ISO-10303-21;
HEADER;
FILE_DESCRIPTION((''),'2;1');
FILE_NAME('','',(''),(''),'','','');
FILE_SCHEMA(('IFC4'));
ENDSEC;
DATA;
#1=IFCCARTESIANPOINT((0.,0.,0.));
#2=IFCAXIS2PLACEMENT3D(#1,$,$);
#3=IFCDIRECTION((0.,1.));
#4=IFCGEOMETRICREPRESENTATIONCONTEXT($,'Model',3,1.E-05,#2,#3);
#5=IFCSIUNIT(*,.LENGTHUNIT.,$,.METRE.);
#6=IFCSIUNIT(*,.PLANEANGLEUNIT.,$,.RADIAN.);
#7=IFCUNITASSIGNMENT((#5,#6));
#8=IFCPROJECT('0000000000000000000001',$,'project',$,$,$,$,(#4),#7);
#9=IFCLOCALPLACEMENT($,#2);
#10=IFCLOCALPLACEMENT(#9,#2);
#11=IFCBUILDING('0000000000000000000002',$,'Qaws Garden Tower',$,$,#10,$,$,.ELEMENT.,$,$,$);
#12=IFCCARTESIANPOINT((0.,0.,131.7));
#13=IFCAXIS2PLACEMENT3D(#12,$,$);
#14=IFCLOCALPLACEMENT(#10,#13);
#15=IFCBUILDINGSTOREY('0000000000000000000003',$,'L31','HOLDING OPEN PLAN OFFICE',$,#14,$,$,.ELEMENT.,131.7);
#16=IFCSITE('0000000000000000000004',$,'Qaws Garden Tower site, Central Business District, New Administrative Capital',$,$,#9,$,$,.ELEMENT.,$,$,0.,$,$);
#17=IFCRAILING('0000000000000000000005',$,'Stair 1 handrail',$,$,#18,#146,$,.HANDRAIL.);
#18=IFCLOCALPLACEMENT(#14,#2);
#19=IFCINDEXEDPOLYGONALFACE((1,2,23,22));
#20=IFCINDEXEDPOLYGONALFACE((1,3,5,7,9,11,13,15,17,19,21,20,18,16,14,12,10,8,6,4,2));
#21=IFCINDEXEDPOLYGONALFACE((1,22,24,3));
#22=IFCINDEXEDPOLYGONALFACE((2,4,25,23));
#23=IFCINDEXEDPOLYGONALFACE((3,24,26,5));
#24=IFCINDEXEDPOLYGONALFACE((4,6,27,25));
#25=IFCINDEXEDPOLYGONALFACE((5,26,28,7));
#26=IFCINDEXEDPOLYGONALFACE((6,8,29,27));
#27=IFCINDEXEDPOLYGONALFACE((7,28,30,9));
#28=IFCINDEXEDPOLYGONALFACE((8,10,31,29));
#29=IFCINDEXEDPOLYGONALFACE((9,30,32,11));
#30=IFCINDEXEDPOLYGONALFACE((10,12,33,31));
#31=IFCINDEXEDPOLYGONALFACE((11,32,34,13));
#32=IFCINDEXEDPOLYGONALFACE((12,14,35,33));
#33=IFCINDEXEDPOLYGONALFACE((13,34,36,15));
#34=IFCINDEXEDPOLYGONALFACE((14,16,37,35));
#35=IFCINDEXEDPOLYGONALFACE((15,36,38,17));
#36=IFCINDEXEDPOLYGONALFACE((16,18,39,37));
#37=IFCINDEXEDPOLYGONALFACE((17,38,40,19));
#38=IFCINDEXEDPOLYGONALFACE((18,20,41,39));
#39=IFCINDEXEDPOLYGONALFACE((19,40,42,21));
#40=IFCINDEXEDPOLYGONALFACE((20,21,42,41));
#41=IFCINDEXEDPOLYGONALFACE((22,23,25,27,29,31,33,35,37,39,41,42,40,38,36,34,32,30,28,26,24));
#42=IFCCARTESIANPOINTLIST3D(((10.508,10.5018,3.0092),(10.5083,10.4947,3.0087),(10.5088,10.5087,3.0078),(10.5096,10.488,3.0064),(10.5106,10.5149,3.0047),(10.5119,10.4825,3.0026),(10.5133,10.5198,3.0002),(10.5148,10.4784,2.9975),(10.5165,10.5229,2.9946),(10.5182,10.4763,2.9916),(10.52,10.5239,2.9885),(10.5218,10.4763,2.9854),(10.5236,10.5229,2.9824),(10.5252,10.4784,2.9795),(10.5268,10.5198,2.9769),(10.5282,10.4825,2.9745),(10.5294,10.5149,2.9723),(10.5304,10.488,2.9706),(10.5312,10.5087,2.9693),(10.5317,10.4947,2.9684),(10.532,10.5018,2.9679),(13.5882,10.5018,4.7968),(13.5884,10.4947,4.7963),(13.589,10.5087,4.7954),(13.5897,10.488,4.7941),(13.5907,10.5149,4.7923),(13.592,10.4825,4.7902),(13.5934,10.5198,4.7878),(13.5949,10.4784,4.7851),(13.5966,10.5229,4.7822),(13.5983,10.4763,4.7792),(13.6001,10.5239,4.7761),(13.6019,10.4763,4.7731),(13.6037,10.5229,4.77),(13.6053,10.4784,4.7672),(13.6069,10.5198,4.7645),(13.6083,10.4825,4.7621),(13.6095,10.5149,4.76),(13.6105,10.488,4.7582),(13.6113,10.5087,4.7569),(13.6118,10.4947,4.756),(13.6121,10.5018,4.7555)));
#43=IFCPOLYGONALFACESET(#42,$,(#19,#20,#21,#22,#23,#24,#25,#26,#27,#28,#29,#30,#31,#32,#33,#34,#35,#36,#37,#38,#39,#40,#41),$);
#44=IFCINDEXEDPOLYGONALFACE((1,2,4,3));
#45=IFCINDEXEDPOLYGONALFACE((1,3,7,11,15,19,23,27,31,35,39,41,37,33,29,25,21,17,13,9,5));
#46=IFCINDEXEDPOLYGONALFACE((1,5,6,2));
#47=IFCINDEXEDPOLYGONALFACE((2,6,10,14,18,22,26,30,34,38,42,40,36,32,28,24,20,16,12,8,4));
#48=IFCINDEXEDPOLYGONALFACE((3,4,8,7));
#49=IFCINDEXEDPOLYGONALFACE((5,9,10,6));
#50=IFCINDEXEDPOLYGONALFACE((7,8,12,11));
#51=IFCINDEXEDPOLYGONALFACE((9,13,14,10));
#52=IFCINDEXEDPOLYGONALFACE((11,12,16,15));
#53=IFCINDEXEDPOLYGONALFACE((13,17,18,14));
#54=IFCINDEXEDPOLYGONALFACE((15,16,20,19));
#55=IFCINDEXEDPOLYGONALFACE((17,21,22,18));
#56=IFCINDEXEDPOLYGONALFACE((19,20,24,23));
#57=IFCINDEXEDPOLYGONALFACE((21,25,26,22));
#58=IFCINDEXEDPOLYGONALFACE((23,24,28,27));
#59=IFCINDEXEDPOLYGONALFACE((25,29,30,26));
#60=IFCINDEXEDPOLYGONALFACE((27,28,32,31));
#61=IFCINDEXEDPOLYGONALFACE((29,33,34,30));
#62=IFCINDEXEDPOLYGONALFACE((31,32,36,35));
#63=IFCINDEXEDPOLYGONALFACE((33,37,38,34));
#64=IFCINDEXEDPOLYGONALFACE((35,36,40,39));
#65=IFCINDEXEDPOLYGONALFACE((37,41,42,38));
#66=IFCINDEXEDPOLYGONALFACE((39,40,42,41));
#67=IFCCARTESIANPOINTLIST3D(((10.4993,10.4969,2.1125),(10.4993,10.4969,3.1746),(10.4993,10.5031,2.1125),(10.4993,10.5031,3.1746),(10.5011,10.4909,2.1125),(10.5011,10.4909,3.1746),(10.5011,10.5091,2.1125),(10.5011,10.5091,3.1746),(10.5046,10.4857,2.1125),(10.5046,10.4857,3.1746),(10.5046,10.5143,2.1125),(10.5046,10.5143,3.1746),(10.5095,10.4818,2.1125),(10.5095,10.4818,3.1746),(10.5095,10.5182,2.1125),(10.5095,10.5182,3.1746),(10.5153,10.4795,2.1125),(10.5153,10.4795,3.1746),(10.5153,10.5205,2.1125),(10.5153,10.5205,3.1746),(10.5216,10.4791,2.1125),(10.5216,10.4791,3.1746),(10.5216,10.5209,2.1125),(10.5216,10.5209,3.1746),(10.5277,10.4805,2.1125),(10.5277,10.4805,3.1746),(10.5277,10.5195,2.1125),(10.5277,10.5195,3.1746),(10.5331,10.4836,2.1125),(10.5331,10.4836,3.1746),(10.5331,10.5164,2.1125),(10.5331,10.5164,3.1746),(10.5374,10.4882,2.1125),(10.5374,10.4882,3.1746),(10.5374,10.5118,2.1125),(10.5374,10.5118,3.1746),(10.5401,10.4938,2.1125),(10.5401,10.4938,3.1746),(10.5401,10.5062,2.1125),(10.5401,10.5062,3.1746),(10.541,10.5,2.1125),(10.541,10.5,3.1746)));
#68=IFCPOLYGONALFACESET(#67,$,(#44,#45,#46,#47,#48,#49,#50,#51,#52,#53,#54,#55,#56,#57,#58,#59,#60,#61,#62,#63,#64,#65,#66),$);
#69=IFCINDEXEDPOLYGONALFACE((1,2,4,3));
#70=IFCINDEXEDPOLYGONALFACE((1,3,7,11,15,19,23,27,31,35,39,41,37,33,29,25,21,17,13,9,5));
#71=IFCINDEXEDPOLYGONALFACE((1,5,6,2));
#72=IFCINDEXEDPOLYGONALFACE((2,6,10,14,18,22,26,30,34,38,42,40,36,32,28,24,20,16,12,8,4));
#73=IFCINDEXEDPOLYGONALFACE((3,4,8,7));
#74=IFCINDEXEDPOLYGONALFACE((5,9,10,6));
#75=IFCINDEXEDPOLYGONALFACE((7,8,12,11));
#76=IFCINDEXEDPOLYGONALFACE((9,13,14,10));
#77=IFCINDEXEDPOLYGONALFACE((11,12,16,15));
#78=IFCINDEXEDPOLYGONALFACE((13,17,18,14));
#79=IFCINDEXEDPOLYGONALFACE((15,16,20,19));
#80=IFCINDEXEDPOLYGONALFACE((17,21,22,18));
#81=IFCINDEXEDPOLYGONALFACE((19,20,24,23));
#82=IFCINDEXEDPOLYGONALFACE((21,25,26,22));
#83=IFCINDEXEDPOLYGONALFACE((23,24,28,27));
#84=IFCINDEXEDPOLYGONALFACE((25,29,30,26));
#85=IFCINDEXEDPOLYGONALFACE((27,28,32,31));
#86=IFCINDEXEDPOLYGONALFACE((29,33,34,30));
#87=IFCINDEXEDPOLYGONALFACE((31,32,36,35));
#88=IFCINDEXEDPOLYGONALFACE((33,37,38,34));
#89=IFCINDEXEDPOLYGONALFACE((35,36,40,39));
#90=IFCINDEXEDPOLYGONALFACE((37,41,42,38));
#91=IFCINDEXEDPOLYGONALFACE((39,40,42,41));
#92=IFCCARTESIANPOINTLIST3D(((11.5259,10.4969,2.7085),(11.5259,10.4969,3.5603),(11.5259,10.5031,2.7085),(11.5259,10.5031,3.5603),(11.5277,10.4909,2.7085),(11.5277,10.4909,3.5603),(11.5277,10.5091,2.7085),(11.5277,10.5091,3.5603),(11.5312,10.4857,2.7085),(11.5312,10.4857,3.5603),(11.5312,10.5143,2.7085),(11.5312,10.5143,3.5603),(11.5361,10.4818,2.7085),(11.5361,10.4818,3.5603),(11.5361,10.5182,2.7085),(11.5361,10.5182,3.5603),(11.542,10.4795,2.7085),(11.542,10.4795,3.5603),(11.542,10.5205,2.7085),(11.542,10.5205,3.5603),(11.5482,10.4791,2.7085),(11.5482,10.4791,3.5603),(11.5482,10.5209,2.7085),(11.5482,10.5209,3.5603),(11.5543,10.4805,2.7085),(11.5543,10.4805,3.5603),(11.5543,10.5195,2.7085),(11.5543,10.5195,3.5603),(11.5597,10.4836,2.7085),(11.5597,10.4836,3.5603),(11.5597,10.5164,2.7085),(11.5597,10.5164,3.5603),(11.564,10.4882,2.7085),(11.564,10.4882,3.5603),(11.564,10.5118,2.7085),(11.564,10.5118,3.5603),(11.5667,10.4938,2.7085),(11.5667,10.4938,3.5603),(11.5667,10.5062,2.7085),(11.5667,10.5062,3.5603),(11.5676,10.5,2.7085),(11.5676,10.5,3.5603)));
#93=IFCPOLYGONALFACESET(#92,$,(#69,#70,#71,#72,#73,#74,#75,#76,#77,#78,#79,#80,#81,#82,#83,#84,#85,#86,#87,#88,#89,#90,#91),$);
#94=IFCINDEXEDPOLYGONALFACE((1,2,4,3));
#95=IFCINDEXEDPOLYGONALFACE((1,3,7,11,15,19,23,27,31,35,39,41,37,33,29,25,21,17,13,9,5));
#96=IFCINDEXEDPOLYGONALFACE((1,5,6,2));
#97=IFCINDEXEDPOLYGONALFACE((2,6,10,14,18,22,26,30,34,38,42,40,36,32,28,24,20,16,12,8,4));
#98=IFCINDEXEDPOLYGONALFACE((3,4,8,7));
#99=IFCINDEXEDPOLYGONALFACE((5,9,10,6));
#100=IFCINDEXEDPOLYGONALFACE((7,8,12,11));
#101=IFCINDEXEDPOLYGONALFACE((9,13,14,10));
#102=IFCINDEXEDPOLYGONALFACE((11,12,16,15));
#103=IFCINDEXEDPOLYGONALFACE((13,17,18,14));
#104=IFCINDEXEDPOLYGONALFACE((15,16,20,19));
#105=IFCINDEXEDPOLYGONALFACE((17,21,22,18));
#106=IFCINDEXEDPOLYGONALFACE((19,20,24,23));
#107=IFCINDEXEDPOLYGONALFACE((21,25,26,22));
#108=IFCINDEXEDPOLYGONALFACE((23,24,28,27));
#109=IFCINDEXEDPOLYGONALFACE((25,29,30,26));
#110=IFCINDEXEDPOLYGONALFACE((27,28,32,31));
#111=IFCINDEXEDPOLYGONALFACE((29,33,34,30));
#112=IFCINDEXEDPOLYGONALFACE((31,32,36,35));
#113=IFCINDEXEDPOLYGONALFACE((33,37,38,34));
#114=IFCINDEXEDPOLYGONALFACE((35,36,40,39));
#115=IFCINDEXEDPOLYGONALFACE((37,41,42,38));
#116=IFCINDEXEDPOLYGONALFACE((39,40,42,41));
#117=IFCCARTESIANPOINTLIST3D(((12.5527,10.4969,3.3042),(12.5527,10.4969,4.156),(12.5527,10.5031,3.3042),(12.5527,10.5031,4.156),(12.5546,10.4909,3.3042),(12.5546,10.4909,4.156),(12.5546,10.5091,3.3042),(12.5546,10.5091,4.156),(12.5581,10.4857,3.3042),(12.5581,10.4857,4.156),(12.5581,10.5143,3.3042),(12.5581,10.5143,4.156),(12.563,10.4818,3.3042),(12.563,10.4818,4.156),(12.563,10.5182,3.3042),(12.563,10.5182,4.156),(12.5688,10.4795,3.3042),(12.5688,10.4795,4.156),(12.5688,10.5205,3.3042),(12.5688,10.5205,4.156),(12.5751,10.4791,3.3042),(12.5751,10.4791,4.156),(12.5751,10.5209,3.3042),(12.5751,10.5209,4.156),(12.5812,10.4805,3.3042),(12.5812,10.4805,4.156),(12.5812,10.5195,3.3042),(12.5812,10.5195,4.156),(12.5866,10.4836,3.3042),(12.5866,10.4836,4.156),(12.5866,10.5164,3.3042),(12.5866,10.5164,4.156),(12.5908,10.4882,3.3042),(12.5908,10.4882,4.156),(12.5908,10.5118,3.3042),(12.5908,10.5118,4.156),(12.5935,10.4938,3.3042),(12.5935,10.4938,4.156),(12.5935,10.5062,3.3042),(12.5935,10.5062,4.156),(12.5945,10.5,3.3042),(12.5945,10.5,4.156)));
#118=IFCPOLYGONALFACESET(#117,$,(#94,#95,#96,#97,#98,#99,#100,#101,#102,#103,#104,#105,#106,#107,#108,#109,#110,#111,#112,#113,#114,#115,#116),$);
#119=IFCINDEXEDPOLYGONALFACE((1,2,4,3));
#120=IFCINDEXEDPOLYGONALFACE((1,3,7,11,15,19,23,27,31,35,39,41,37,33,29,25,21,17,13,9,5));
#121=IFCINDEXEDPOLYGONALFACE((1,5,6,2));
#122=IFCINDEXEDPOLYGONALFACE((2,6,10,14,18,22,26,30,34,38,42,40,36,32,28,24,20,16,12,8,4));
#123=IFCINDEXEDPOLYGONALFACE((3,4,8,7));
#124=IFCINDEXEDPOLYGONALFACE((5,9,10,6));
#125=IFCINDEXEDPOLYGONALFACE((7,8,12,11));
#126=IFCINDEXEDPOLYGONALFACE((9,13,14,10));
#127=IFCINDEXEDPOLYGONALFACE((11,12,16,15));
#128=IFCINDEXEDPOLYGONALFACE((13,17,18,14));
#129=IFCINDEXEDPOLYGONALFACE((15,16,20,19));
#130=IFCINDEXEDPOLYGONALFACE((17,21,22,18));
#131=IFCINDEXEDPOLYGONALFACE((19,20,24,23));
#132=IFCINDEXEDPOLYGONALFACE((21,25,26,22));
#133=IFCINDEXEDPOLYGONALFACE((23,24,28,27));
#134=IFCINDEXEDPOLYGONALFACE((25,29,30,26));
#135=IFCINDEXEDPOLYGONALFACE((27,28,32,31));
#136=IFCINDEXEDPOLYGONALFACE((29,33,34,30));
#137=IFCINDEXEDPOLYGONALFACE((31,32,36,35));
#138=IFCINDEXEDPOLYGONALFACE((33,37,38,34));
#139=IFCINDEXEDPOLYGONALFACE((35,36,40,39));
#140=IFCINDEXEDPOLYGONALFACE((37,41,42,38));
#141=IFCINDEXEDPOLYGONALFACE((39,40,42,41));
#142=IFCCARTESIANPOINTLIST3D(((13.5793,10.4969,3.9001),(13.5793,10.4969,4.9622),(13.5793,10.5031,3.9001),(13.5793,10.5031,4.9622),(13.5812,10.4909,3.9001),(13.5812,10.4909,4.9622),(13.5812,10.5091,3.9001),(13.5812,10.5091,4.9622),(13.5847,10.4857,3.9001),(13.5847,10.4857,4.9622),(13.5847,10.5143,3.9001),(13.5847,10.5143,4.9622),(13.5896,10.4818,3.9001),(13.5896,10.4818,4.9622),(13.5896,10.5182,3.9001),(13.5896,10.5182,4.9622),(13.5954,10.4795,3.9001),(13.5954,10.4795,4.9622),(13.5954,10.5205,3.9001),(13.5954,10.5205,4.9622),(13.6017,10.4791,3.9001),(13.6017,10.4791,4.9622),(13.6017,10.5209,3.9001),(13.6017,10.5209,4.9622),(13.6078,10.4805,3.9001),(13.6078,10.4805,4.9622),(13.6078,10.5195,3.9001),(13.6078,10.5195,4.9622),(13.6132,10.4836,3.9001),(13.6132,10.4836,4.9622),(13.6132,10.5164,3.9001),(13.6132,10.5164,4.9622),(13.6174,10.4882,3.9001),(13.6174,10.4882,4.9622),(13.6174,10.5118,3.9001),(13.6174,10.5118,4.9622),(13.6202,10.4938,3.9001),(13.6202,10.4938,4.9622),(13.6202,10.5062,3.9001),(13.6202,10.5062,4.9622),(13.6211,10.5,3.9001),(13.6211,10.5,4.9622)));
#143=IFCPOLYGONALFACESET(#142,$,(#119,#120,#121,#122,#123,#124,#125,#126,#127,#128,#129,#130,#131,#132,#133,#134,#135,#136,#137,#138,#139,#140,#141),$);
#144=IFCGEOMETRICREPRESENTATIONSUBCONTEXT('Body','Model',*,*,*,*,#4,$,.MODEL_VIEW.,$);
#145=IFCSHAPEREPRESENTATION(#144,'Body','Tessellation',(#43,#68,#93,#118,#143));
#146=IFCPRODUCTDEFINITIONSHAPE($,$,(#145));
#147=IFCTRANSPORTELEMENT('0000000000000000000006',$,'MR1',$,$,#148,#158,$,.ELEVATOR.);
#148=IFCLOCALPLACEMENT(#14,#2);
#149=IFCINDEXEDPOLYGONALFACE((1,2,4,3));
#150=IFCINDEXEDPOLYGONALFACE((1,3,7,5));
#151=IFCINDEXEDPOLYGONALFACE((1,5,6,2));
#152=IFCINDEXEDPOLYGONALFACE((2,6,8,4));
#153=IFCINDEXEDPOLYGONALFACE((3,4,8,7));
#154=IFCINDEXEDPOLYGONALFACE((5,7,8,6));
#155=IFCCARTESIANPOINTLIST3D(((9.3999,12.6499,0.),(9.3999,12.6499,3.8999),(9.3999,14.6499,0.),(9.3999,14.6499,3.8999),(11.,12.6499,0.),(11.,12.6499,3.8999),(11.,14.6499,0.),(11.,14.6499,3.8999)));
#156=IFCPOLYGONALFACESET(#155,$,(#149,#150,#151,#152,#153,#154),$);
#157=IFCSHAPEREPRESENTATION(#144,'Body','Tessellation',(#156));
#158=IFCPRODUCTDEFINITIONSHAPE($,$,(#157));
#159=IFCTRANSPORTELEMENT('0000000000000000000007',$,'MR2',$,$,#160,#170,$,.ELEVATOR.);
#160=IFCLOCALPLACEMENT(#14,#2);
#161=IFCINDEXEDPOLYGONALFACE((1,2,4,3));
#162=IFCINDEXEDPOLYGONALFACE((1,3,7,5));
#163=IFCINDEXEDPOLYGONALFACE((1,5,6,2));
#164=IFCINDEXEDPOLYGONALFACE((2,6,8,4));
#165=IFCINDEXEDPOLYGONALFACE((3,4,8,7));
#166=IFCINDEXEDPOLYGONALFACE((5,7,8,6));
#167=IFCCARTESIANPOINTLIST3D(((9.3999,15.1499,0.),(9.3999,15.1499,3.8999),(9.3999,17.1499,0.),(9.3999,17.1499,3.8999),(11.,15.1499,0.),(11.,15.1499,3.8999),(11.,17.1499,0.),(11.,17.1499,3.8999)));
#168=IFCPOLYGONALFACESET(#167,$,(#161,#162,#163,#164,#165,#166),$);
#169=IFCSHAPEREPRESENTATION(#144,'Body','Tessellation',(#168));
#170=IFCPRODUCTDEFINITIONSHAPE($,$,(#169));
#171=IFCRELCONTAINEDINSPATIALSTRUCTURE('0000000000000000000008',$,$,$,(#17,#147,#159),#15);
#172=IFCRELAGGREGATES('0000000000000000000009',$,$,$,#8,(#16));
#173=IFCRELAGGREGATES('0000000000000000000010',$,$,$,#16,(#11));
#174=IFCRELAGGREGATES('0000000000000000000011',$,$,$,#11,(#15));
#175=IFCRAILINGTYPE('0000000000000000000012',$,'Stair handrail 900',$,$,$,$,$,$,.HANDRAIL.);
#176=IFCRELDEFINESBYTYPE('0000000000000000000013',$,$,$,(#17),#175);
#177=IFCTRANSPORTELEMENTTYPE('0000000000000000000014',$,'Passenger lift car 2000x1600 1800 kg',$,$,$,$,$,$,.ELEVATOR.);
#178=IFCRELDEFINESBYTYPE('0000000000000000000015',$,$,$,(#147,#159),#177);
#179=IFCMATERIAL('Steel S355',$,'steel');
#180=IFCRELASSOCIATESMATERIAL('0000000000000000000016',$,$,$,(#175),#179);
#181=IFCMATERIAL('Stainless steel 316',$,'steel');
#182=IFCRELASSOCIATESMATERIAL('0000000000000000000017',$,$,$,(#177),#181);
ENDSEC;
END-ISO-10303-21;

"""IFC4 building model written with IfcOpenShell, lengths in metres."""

from ifc_helpers import new_model, si_unit, direction, frame, origin, origin_2d, place, context, subcontext, project, spatial, rectangle, circle, extrude, material, type_object, element, save


model = new_model("IFC4")

# Units and contexts
model_context = context("Model", 3, precision=1e-05, world=origin(), true_north=direction((0.0, 1.0)))
body_context = subcontext(model_context, "Body", "Model", "MODEL_VIEW")
ifc_project = project(units=[si_unit("LENGTHUNIT", "METRE"), si_unit("PLANEANGLEUNIT", "RADIAN")], contexts=[model_context])

# Site, building, storey
site_placement = place(None, origin())
site = spatial("IfcSite", under=ifc_project, at=site_placement, Name="Qaws Garden Tower site, Central Business District, New Administrative Capital", CompositionType="ELEMENT", RefElevation=0.0)
building_placement = place(site_placement, origin())
building = spatial("IfcBuilding", under=site, at=building_placement, Name="Qaws Garden Tower", CompositionType="ELEMENT")
storey_placement = place(building_placement, frame((0.0, 0.0, 131.7)))
storey = spatial("IfcBuildingStorey", under=building, at=storey_placement, Name="L31", Description="HOLDING OPEN PLAN OFFICE", CompositionType="ELEMENT", Elevation=131.7)

# Railing
ifc_material_1 = material(Name="Steel S355", Category="steel")
railing_type = type_object("IfcRailingType", Name="Stair handrail 900", PredefinedType="HANDRAIL", material=ifc_material_1)
railing_1_placement = place(storey_placement, frame((10.52, 10.5, 2.1125)))
element("IfcRailing", 1, at=railing_1_placement, inside=storey, type_object=railing_type, Name="Stair 1 handrail", PredefinedType="HANDRAIL", context=body_context, shape_type="SweptSolid", body=[
    extrude(circle(Radius=0.0239, at=origin_2d()), frame((0.0, 0.0, 0.876), z_axis=(0.864891, 0.0, 0.50196), x_axis=(0.0, 1.0, 0.0)), (0.0, 0.0, 1.0), 3.5613),
    extrude(circle(Radius=0.021, at=origin_2d()), origin(), (0.0, 0.0, 1.0), 1.062),
    extrude(circle(Radius=0.021, at=origin_2d()), frame((1.0266, 0.0, 0.5959)), (0.0, 0.0, 1.0), 0.8518),
    extrude(circle(Radius=0.021, at=origin_2d()), frame((2.0535, 0.0, 1.1917)), (0.0, 0.0, 1.0), 0.8518),
    extrude(circle(Radius=0.021, at=origin_2d()), frame((3.0801, 0.0, 1.7876)), (0.0, 0.0, 1.0), 1.062),
])

# Transport elements
ifc_material_2 = material(Name="Stainless steel 316", Category="steel")
transport_element_type = type_object("IfcTransportElementType", Name="Passenger lift car 2000x1600 1800 kg", PredefinedType="ELEVATOR", material=ifc_material_2)
for number, where, z_axis, x_axis, name in (
    (2, (10.2, 13.6499, 0.0), (0.0, 0.0, 1.0), (1.0, 0.0, 0.0), "MR1"),
    (3, (10.2, 16.1499, 0.0), (0.0, 0.0, 1.0), (1.0, 0.0, 0.0), "MR2"),
):
    element("IfcTransportElement", number, at=place(storey_placement, frame(where, z_axis=z_axis, x_axis=x_axis)), inside=storey, type_object=transport_element_type, Name=name, PredefinedType="ELEVATOR", context=body_context, shape_type="SweptSolid", body=[
        extrude(rectangle(XDim=1.6001, YDim=2.0, at=origin_2d()), origin(), (0.0, 0.0, 1.0), 3.8999),
    ])

save(model, "model.ifc")
